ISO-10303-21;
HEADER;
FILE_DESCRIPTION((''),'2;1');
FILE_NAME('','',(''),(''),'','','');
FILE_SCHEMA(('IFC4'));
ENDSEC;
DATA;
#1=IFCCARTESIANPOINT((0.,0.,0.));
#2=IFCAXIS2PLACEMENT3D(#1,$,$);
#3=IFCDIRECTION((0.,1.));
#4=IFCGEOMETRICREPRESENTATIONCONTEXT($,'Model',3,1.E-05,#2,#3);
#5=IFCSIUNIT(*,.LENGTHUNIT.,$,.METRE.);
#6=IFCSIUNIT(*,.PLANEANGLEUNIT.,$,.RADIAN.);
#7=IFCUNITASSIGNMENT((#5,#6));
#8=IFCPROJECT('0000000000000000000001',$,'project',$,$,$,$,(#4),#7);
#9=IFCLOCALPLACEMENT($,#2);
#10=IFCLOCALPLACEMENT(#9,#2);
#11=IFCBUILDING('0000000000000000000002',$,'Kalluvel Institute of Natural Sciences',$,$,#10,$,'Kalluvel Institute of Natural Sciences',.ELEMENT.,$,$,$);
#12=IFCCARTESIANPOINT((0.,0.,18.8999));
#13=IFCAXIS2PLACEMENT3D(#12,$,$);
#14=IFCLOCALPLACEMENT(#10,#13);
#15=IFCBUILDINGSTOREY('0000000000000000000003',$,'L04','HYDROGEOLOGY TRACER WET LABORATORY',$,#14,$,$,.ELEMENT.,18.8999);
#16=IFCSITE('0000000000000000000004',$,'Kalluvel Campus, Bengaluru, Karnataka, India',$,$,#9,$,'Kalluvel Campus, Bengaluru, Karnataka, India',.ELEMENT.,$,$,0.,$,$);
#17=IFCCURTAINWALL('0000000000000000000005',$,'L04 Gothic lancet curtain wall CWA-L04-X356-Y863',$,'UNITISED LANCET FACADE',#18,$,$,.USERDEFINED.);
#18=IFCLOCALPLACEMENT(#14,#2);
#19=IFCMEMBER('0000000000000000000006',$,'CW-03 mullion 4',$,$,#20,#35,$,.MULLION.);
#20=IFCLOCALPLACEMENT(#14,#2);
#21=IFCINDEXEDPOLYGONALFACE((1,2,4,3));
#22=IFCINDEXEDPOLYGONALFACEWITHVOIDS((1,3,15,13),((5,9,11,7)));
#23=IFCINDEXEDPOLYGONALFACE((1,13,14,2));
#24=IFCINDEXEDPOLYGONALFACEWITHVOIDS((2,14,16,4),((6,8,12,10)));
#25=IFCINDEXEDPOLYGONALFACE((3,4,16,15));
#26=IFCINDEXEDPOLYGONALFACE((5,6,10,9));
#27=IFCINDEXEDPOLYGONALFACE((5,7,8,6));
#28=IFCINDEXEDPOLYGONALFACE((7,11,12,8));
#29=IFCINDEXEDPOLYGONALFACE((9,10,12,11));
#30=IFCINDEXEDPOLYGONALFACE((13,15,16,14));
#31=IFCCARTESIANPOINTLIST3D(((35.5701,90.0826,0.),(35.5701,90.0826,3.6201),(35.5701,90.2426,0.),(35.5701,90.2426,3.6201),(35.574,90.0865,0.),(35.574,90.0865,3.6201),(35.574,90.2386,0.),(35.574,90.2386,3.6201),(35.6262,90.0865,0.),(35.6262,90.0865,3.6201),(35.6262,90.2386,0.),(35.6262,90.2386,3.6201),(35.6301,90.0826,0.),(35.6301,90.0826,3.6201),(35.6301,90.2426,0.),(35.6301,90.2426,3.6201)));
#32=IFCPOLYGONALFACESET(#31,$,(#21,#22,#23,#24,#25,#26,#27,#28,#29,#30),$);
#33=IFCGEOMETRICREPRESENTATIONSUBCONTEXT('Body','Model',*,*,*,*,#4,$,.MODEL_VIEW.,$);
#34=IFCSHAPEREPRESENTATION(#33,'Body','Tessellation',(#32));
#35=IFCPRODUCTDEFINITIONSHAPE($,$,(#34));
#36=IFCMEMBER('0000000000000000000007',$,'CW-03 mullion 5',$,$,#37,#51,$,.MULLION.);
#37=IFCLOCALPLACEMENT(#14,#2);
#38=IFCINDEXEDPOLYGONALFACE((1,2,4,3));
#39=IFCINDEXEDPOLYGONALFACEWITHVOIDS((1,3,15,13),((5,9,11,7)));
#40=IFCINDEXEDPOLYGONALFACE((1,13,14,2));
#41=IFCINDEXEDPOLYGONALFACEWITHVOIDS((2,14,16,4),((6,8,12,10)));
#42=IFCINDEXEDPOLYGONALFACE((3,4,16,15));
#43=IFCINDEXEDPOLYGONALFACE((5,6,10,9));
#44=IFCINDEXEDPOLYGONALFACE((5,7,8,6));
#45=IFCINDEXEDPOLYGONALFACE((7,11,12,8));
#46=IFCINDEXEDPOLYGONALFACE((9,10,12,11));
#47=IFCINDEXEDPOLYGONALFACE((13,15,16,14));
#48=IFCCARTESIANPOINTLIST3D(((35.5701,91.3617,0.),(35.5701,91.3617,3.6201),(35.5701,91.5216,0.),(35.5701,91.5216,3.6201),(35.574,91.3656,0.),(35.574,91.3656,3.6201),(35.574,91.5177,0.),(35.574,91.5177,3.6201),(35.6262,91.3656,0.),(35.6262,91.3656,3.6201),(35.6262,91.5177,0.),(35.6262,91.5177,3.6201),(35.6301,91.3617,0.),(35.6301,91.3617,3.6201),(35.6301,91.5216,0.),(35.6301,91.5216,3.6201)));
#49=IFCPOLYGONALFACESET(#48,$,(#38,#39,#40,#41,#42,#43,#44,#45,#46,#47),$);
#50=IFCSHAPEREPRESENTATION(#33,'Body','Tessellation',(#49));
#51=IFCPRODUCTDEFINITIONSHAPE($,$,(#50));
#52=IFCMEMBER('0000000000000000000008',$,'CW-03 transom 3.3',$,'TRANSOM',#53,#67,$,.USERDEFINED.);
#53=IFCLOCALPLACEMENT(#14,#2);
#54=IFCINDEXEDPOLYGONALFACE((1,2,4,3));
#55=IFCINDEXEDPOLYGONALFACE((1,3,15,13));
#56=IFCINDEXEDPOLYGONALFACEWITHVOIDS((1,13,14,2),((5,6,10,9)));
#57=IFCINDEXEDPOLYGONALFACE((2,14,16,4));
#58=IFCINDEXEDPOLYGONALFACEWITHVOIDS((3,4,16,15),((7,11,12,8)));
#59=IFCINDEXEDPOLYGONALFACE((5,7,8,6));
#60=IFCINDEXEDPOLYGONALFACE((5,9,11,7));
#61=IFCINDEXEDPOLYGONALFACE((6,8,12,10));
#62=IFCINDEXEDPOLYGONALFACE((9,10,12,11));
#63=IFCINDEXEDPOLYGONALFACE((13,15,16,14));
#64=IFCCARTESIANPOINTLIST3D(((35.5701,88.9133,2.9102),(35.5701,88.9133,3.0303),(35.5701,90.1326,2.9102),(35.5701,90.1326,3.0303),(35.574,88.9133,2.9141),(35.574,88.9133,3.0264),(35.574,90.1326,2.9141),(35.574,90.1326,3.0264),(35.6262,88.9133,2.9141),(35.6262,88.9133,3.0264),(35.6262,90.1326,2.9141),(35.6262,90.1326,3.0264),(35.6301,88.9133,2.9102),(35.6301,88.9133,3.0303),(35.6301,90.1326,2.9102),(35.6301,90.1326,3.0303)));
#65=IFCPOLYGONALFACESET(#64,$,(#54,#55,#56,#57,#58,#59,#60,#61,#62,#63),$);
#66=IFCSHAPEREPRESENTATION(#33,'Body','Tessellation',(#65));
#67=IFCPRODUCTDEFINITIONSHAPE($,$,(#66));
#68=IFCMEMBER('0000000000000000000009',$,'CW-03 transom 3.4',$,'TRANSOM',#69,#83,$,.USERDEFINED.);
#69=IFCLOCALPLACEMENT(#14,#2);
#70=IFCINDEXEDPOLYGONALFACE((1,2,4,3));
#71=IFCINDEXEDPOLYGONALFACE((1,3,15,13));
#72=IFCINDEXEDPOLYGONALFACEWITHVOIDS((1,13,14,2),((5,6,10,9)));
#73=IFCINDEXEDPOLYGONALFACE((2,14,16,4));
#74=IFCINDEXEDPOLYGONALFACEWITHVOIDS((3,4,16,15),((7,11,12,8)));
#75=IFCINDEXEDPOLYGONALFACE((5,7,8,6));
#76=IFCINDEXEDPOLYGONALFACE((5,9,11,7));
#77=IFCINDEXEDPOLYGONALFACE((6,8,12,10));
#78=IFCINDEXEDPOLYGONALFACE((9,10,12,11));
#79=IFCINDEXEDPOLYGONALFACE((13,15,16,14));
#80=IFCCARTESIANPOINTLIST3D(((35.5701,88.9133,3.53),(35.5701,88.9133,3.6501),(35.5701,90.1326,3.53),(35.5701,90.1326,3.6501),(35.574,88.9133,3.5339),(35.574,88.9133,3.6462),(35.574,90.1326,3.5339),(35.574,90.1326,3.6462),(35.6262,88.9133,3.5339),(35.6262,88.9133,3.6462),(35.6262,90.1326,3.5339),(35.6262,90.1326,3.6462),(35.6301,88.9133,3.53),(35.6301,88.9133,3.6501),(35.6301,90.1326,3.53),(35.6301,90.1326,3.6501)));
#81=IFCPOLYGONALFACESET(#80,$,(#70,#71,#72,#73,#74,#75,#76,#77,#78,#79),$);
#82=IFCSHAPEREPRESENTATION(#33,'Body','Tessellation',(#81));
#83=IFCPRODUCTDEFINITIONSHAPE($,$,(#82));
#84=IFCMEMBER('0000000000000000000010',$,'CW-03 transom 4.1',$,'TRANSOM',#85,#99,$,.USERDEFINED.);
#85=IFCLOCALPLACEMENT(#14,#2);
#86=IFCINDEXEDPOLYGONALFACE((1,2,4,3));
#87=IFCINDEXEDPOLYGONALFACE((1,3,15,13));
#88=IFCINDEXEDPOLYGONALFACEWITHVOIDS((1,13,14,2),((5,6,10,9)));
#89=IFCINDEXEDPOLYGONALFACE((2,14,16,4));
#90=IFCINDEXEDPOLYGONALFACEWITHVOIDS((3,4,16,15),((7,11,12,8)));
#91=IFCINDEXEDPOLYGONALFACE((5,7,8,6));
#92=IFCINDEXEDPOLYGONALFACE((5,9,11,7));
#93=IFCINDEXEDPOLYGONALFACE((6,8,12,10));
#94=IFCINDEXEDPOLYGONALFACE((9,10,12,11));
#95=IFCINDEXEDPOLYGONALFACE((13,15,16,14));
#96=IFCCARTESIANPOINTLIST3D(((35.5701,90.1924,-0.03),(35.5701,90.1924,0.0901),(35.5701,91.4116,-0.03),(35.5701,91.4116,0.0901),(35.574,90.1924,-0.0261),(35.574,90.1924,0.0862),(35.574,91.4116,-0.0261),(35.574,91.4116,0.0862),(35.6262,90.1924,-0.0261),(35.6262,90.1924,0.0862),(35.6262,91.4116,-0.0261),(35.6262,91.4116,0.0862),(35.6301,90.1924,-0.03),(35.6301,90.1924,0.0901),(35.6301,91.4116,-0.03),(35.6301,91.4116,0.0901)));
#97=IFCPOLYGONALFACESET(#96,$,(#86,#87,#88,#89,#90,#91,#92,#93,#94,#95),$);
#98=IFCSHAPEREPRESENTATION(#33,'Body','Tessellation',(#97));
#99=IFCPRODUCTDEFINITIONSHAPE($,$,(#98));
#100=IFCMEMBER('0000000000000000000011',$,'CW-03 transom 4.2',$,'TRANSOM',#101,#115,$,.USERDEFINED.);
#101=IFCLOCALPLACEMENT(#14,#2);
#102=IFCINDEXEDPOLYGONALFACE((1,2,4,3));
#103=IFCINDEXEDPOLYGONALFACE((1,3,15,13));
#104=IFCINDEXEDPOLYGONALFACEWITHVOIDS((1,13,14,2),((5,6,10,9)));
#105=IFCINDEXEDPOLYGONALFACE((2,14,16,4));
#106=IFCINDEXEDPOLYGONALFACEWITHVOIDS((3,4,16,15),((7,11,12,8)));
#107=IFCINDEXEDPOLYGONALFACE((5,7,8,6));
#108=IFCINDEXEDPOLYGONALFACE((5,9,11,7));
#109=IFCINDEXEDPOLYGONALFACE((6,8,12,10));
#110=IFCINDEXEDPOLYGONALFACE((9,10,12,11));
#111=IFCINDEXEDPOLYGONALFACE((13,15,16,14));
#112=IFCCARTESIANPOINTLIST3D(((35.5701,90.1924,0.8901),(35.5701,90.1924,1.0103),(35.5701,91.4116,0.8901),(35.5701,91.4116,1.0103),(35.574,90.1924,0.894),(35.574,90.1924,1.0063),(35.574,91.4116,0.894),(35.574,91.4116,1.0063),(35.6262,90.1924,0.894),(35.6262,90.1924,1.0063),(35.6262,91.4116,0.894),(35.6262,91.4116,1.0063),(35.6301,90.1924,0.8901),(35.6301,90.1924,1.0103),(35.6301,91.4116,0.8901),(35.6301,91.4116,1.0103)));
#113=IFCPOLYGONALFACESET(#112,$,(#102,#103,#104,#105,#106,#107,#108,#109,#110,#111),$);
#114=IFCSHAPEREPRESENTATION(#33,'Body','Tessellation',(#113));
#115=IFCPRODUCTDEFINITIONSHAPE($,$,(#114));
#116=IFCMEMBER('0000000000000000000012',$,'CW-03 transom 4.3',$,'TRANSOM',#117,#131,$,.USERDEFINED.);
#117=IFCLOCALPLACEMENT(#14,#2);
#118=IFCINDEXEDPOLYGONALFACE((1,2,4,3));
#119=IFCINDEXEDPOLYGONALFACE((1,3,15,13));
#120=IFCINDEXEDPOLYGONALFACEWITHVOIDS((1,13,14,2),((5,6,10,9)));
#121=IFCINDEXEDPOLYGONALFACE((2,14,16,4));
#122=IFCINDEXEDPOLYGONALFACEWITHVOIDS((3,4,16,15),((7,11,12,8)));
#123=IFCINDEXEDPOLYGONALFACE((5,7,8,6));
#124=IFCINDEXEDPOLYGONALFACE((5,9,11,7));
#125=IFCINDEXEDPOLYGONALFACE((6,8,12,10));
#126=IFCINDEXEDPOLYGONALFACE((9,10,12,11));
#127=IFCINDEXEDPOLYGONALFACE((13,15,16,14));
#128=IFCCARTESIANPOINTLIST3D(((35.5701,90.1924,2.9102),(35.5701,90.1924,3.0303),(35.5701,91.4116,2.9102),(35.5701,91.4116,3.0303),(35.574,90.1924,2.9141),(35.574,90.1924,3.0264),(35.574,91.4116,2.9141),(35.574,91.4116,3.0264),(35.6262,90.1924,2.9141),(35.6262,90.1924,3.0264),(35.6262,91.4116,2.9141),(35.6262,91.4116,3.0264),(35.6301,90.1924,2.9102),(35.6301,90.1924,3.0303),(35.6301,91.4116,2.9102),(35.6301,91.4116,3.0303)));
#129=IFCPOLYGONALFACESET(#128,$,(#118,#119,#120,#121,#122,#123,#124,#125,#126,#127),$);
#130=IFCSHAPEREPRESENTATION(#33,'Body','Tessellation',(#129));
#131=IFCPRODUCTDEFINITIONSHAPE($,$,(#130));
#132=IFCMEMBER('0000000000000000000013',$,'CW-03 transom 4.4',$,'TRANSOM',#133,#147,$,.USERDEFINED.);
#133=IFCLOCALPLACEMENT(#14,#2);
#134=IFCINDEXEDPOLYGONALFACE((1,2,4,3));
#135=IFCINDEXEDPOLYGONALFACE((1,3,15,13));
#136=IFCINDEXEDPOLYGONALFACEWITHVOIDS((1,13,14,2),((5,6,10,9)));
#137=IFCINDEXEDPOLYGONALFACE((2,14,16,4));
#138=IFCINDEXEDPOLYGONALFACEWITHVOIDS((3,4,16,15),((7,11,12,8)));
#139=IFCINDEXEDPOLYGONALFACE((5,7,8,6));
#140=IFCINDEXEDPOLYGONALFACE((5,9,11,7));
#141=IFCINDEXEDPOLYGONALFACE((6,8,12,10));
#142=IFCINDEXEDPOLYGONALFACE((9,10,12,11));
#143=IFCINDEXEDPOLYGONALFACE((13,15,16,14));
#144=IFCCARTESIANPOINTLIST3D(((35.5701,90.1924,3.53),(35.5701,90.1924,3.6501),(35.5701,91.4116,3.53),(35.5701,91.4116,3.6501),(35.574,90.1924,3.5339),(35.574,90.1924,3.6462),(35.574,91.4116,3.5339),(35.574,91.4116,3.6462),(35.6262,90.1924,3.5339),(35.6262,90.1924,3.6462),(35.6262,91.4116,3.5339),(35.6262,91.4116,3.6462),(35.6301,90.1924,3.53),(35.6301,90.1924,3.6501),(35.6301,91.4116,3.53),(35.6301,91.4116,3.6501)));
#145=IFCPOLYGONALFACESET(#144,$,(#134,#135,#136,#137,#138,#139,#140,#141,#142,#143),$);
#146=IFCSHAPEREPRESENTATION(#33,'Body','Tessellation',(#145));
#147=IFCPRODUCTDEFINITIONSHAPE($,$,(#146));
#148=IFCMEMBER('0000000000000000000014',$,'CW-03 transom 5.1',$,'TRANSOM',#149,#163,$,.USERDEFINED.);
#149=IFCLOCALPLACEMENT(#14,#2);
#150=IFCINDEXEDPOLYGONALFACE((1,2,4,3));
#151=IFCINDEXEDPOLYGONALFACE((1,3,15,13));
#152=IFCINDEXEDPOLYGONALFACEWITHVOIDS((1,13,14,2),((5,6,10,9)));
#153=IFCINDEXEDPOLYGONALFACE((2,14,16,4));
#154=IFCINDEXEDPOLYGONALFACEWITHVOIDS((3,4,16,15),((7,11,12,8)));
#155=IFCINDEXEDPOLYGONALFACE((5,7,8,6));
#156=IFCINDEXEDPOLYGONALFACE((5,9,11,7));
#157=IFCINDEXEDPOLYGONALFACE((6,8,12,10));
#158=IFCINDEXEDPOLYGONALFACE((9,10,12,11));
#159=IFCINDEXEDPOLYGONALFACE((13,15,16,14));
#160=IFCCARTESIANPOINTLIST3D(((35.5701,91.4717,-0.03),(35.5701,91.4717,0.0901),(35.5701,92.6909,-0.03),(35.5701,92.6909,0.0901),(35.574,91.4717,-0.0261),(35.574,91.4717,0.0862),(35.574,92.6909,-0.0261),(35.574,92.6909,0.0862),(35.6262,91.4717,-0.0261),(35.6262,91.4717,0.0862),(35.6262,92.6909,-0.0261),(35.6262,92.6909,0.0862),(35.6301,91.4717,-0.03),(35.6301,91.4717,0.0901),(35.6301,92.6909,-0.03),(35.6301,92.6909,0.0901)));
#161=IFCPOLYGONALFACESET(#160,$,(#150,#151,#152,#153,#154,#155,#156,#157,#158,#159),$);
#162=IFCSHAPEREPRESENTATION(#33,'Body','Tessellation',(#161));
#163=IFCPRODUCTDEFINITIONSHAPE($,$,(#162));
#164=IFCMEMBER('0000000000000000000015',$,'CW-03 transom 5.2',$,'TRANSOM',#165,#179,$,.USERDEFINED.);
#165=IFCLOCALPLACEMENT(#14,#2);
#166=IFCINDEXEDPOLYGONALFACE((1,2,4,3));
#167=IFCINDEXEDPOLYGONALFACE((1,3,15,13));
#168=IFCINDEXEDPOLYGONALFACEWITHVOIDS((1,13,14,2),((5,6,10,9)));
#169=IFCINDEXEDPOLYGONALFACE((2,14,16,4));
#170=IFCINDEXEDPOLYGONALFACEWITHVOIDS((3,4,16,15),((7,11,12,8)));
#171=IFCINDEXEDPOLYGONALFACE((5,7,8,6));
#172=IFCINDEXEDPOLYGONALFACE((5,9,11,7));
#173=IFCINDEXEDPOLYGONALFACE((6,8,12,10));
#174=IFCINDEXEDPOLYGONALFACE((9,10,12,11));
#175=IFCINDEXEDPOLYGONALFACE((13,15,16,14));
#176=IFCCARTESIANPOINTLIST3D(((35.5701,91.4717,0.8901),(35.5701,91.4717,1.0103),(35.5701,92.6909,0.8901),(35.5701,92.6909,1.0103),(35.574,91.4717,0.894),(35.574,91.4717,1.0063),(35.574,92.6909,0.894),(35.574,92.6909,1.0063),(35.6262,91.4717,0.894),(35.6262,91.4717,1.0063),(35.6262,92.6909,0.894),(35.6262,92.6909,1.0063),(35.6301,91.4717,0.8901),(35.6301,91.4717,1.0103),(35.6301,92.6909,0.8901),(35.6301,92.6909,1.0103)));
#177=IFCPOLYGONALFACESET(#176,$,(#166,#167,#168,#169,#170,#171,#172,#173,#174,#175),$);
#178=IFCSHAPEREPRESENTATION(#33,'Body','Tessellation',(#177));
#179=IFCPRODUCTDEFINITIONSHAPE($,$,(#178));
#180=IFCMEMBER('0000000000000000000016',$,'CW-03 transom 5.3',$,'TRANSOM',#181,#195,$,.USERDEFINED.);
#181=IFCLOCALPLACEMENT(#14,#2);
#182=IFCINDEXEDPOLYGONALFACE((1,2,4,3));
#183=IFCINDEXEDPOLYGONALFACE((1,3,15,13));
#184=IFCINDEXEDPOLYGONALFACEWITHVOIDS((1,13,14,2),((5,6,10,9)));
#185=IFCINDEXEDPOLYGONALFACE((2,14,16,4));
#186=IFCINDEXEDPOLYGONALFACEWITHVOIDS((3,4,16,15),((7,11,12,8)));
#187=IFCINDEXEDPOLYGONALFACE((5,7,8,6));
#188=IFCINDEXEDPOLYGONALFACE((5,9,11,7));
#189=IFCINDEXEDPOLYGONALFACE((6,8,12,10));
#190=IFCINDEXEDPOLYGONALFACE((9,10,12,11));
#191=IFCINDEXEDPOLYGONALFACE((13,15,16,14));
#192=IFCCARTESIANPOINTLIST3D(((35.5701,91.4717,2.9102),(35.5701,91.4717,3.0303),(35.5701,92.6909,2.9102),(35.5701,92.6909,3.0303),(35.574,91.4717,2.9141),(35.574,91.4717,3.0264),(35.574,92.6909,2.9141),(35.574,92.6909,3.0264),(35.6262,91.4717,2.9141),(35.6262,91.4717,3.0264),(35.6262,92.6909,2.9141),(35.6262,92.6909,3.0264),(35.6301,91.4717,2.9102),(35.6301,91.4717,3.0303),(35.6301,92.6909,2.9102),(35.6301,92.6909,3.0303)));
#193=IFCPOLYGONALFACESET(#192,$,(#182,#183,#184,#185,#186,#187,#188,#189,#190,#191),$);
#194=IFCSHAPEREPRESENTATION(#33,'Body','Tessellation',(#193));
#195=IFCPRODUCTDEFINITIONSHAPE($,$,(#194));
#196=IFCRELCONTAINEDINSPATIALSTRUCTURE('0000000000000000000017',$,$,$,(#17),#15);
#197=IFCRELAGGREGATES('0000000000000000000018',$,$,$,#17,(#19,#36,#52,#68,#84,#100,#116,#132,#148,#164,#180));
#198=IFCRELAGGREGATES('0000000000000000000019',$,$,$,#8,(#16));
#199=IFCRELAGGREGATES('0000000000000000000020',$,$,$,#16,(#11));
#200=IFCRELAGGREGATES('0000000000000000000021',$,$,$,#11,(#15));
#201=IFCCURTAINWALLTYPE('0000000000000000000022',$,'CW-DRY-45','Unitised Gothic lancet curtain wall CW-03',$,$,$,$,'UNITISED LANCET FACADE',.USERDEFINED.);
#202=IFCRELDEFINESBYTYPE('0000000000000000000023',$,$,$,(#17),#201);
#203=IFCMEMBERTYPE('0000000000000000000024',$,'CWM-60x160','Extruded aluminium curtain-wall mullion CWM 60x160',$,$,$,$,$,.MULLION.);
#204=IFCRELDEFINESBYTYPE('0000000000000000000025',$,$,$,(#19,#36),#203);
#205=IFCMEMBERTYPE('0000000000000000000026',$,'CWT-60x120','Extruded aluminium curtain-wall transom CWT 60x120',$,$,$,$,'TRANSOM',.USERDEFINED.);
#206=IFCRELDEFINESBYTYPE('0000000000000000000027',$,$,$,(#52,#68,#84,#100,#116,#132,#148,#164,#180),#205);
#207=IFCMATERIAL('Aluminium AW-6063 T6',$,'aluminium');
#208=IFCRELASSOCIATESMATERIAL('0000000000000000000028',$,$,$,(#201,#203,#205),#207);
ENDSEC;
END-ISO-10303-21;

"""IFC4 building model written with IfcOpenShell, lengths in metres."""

from ifc_helpers import new_model, si_unit, direction, frame, origin, origin_2d, place, context, subcontext, project, spatial, hollow_rectangle, extrude, material, material_profile, profile_set, type_object, element, aggregate, save


model = new_model("IFC4")

# Units and contexts
model_context = context("Model", 3, precision=1e-05, world=origin(), true_north=direction((0.0, 1.0)))
body_context = subcontext(model_context, "Body", "Model", "MODEL_VIEW")
ifc_project = project(units=[si_unit("LENGTHUNIT", "METRE"), si_unit("PLANEANGLEUNIT", "RADIAN")], contexts=[model_context])

# Site, building, storey
site_placement = place(None, origin())
site = spatial("IfcSite", under=ifc_project, at=site_placement, Name="Kalluvel Campus, Bengaluru, Karnataka, India", LongName="Kalluvel Campus, Bengaluru, Karnataka, India", CompositionType="ELEMENT", RefElevation=0.0)
building_placement = place(site_placement, origin())
building = spatial("IfcBuilding", under=site, at=building_placement, Name="Kalluvel Institute of Natural Sciences", LongName="Kalluvel Institute of Natural Sciences", CompositionType="ELEMENT")
storey_placement = place(building_placement, frame((0.0, 0.0, 18.8999)))
storey = spatial("IfcBuildingStorey", under=building, at=storey_placement, Name="L04", Description="HYDROGEOLOGY TRACER WET LABORATORY", CompositionType="ELEMENT", Elevation=18.8999)

# Curtain wall, members
ifc_material_1 = material(Name="Aluminium AW-6063 T6", Category="aluminium")
curtain_wall_type = type_object("IfcCurtainWallType", Name="CW-DRY-45", Description="Unitised Gothic lancet curtain wall CW-03", ElementType="UNITISED LANCET FACADE", PredefinedType="USERDEFINED", material=ifc_material_1)
curtain_wall_placement = place(storey_placement, origin())
curtain_wall = element("IfcCurtainWall", 1, at=curtain_wall_placement, inside=storey, type_object=curtain_wall_type, Name="L04 Gothic lancet curtain wall CWA-L04-X356-Y863", ObjectType="UNITISED LANCET FACADE", PredefinedType="USERDEFINED")
ifc_material_profile_1 = material_profile(ifc_material_1, hollow_rectangle(XDim=0.0601, YDim=0.1599, WallThickness=0.0039, at=origin_2d()), Name="CWM 60x160")
ifc_profile_set_1 = profile_set([ifc_material_profile_1], Name="Aluminium AW-6063 T6")
member_type_1 = type_object("IfcMemberType", Name="CWM-60x160", Description="Extruded aluminium curtain-wall mullion CWM 60x160", PredefinedType="MULLION", material=ifc_profile_set_1)
member_1_placement = place(storey_placement, frame((35.6001, 90.1626, 0.0), z_axis=(0.0, 0.0, 1.0), x_axis=(-1.0, 0.0, 0.0)))
member_1 = element("IfcMember", 2, at=member_1_placement, type_object=member_type_1, Name="CW-03 mullion 4", PredefinedType="MULLION", context=body_context, shape_type="SweptSolid", body=[
    extrude(hollow_rectangle(XDim=0.0601, YDim=0.1599, WallThickness=0.0039, at=origin_2d()), origin(), (0.0, 0.0, 1.0), 3.6201),
])
member_2_placement = place(storey_placement, frame((35.6001, 91.4417, 0.0), z_axis=(0.0, 0.0, 1.0), x_axis=(-1.0, 0.0, 0.0)))
member_2 = element("IfcMember", 3, at=member_2_placement, type_object=member_type_1, Name="CW-03 mullion 5", PredefinedType="MULLION", context=body_context, shape_type="SweptSolid", body=[
    extrude(hollow_rectangle(XDim=0.0601, YDim=0.1599, WallThickness=0.0039, at=origin_2d()), origin(), (0.0, 0.0, 1.0), 3.6201),
])
ifc_material_profile_2 = material_profile(ifc_material_1, hollow_rectangle(XDim=0.0601, YDim=0.1201, WallThickness=0.0039, at=origin_2d()), Name="CWT 60x120")
ifc_profile_set_2 = profile_set([ifc_material_profile_2], Name="Aluminium AW-6063 T6")
member_type_2 = type_object("IfcMemberType", Name="CWT-60x120", Description="Extruded aluminium curtain-wall transom CWT 60x120", ElementType="TRANSOM", PredefinedType="USERDEFINED", material=ifc_profile_set_2)
member_3_placement = place(storey_placement, frame((35.6001, 88.9133, 2.9702), z_axis=(0.0, 1.0, 0.0), x_axis=(-1.0, 0.0, 0.0)))
member_3 = element("IfcMember", 4, at=member_3_placement, type_object=member_type_2, Name="CW-03 transom 3.3", ObjectType="TRANSOM", PredefinedType="USERDEFINED", context=body_context, shape_type="SweptSolid", body=[
    extrude(hollow_rectangle(XDim=0.0601, YDim=0.1201, WallThickness=0.0039, at=origin_2d()), origin(), (0.0, 0.0, 1.0), 1.2192),
])
member_4_placement = place(storey_placement, frame((35.6001, 88.9133, 3.5901), z_axis=(0.0, 1.0, 0.0), x_axis=(-1.0, 0.0, 0.0)))
member_4 = element("IfcMember", 5, at=member_4_placement, type_object=member_type_2, Name="CW-03 transom 3.4", ObjectType="TRANSOM", PredefinedType="USERDEFINED", context=body_context, shape_type="SweptSolid", body=[
    extrude(hollow_rectangle(XDim=0.0601, YDim=0.1201, WallThickness=0.0039, at=origin_2d()), origin(), (0.0, 0.0, 1.0), 1.2192),
])
member_5_placement = place(storey_placement, frame((35.6001, 90.1924, 0.03), z_axis=(0.0, 1.0, 0.0), x_axis=(-1.0, 0.0, 0.0)))
member_5 = element("IfcMember", 6, at=member_5_placement, type_object=member_type_2, Name="CW-03 transom 4.1", ObjectType="TRANSOM", PredefinedType="USERDEFINED", context=body_context, shape_type="SweptSolid", body=[
    extrude(hollow_rectangle(XDim=0.0601, YDim=0.1201, WallThickness=0.0039, at=origin_2d()), origin(), (0.0, 0.0, 1.0), 1.2192),
])
member_6_placement = place(storey_placement, frame((35.6001, 90.1924, 0.9502), z_axis=(0.0, 1.0, 0.0), x_axis=(-1.0, 0.0, 0.0)))
member_6 = element("IfcMember", 7, at=member_6_placement, type_object=member_type_2, Name="CW-03 transom 4.2", ObjectType="TRANSOM", PredefinedType="USERDEFINED", context=body_context, shape_type="SweptSolid", body=[
    extrude(hollow_rectangle(XDim=0.0601, YDim=0.1201, WallThickness=0.0039, at=origin_2d()), origin(), (0.0, 0.0, 1.0), 1.2192),
])
member_7_placement = place(storey_placement, frame((35.6001, 90.1924, 2.9702), z_axis=(0.0, 1.0, 0.0), x_axis=(-1.0, 0.0, 0.0)))
member_7 = element("IfcMember", 8, at=member_7_placement, type_object=member_type_2, Name="CW-03 transom 4.3", ObjectType="TRANSOM", PredefinedType="USERDEFINED", context=body_context, shape_type="SweptSolid", body=[
    extrude(hollow_rectangle(XDim=0.0601, YDim=0.1201, WallThickness=0.0039, at=origin_2d()), origin(), (0.0, 0.0, 1.0), 1.2192),
])
member_8_placement = place(storey_placement, frame((35.6001, 90.1924, 3.5901), z_axis=(0.0, 1.0, 0.0), x_axis=(-1.0, 0.0, 0.0)))
member_8 = element("IfcMember", 9, at=member_8_placement, type_object=member_type_2, Name="CW-03 transom 4.4", ObjectType="TRANSOM", PredefinedType="USERDEFINED", context=body_context, shape_type="SweptSolid", body=[
    extrude(hollow_rectangle(XDim=0.0601, YDim=0.1201, WallThickness=0.0039, at=origin_2d()), origin(), (0.0, 0.0, 1.0), 1.2192),
])
member_9_placement = place(storey_placement, frame((35.6001, 91.4717, 0.03), z_axis=(0.0, 1.0, 0.0), x_axis=(-1.0, 0.0, 0.0)))
member_9 = element("IfcMember", 10, at=member_9_placement, type_object=member_type_2, Name="CW-03 transom 5.1", ObjectType="TRANSOM", PredefinedType="USERDEFINED", context=body_context, shape_type="SweptSolid", body=[
    extrude(hollow_rectangle(XDim=0.0601, YDim=0.1201, WallThickness=0.0039, at=origin_2d()), origin(), (0.0, 0.0, 1.0), 1.2192),
])
member_10_placement = place(storey_placement, frame((35.6001, 91.4717, 0.9502), z_axis=(0.0, 1.0, 0.0), x_axis=(-1.0, 0.0, 0.0)))
member_10 = element("IfcMember", 11, at=member_10_placement, type_object=member_type_2, Name="CW-03 transom 5.2", ObjectType="TRANSOM", PredefinedType="USERDEFINED", context=body_context, shape_type="SweptSolid", body=[
    extrude(hollow_rectangle(XDim=0.0601, YDim=0.1201, WallThickness=0.0039, at=origin_2d()), origin(), (0.0, 0.0, 1.0), 1.2192),
])
member_11_placement = place(storey_placement, frame((35.6001, 91.4717, 2.9702), z_axis=(0.0, 1.0, 0.0), x_axis=(-1.0, 0.0, 0.0)))
member_11 = element("IfcMember", 12, at=member_11_placement, type_object=member_type_2, Name="CW-03 transom 5.3", ObjectType="TRANSOM", PredefinedType="USERDEFINED", context=body_context, shape_type="SweptSolid", body=[
    extrude(hollow_rectangle(XDim=0.0601, YDim=0.1201, WallThickness=0.0039, at=origin_2d()), origin(), (0.0, 0.0, 1.0), 1.2192),
])
aggregate(curtain_wall, [member_1, member_2, member_3, member_4, member_5, member_6, member_7, member_8, member_9, member_10, member_11])

save(model, "model.ifc")
